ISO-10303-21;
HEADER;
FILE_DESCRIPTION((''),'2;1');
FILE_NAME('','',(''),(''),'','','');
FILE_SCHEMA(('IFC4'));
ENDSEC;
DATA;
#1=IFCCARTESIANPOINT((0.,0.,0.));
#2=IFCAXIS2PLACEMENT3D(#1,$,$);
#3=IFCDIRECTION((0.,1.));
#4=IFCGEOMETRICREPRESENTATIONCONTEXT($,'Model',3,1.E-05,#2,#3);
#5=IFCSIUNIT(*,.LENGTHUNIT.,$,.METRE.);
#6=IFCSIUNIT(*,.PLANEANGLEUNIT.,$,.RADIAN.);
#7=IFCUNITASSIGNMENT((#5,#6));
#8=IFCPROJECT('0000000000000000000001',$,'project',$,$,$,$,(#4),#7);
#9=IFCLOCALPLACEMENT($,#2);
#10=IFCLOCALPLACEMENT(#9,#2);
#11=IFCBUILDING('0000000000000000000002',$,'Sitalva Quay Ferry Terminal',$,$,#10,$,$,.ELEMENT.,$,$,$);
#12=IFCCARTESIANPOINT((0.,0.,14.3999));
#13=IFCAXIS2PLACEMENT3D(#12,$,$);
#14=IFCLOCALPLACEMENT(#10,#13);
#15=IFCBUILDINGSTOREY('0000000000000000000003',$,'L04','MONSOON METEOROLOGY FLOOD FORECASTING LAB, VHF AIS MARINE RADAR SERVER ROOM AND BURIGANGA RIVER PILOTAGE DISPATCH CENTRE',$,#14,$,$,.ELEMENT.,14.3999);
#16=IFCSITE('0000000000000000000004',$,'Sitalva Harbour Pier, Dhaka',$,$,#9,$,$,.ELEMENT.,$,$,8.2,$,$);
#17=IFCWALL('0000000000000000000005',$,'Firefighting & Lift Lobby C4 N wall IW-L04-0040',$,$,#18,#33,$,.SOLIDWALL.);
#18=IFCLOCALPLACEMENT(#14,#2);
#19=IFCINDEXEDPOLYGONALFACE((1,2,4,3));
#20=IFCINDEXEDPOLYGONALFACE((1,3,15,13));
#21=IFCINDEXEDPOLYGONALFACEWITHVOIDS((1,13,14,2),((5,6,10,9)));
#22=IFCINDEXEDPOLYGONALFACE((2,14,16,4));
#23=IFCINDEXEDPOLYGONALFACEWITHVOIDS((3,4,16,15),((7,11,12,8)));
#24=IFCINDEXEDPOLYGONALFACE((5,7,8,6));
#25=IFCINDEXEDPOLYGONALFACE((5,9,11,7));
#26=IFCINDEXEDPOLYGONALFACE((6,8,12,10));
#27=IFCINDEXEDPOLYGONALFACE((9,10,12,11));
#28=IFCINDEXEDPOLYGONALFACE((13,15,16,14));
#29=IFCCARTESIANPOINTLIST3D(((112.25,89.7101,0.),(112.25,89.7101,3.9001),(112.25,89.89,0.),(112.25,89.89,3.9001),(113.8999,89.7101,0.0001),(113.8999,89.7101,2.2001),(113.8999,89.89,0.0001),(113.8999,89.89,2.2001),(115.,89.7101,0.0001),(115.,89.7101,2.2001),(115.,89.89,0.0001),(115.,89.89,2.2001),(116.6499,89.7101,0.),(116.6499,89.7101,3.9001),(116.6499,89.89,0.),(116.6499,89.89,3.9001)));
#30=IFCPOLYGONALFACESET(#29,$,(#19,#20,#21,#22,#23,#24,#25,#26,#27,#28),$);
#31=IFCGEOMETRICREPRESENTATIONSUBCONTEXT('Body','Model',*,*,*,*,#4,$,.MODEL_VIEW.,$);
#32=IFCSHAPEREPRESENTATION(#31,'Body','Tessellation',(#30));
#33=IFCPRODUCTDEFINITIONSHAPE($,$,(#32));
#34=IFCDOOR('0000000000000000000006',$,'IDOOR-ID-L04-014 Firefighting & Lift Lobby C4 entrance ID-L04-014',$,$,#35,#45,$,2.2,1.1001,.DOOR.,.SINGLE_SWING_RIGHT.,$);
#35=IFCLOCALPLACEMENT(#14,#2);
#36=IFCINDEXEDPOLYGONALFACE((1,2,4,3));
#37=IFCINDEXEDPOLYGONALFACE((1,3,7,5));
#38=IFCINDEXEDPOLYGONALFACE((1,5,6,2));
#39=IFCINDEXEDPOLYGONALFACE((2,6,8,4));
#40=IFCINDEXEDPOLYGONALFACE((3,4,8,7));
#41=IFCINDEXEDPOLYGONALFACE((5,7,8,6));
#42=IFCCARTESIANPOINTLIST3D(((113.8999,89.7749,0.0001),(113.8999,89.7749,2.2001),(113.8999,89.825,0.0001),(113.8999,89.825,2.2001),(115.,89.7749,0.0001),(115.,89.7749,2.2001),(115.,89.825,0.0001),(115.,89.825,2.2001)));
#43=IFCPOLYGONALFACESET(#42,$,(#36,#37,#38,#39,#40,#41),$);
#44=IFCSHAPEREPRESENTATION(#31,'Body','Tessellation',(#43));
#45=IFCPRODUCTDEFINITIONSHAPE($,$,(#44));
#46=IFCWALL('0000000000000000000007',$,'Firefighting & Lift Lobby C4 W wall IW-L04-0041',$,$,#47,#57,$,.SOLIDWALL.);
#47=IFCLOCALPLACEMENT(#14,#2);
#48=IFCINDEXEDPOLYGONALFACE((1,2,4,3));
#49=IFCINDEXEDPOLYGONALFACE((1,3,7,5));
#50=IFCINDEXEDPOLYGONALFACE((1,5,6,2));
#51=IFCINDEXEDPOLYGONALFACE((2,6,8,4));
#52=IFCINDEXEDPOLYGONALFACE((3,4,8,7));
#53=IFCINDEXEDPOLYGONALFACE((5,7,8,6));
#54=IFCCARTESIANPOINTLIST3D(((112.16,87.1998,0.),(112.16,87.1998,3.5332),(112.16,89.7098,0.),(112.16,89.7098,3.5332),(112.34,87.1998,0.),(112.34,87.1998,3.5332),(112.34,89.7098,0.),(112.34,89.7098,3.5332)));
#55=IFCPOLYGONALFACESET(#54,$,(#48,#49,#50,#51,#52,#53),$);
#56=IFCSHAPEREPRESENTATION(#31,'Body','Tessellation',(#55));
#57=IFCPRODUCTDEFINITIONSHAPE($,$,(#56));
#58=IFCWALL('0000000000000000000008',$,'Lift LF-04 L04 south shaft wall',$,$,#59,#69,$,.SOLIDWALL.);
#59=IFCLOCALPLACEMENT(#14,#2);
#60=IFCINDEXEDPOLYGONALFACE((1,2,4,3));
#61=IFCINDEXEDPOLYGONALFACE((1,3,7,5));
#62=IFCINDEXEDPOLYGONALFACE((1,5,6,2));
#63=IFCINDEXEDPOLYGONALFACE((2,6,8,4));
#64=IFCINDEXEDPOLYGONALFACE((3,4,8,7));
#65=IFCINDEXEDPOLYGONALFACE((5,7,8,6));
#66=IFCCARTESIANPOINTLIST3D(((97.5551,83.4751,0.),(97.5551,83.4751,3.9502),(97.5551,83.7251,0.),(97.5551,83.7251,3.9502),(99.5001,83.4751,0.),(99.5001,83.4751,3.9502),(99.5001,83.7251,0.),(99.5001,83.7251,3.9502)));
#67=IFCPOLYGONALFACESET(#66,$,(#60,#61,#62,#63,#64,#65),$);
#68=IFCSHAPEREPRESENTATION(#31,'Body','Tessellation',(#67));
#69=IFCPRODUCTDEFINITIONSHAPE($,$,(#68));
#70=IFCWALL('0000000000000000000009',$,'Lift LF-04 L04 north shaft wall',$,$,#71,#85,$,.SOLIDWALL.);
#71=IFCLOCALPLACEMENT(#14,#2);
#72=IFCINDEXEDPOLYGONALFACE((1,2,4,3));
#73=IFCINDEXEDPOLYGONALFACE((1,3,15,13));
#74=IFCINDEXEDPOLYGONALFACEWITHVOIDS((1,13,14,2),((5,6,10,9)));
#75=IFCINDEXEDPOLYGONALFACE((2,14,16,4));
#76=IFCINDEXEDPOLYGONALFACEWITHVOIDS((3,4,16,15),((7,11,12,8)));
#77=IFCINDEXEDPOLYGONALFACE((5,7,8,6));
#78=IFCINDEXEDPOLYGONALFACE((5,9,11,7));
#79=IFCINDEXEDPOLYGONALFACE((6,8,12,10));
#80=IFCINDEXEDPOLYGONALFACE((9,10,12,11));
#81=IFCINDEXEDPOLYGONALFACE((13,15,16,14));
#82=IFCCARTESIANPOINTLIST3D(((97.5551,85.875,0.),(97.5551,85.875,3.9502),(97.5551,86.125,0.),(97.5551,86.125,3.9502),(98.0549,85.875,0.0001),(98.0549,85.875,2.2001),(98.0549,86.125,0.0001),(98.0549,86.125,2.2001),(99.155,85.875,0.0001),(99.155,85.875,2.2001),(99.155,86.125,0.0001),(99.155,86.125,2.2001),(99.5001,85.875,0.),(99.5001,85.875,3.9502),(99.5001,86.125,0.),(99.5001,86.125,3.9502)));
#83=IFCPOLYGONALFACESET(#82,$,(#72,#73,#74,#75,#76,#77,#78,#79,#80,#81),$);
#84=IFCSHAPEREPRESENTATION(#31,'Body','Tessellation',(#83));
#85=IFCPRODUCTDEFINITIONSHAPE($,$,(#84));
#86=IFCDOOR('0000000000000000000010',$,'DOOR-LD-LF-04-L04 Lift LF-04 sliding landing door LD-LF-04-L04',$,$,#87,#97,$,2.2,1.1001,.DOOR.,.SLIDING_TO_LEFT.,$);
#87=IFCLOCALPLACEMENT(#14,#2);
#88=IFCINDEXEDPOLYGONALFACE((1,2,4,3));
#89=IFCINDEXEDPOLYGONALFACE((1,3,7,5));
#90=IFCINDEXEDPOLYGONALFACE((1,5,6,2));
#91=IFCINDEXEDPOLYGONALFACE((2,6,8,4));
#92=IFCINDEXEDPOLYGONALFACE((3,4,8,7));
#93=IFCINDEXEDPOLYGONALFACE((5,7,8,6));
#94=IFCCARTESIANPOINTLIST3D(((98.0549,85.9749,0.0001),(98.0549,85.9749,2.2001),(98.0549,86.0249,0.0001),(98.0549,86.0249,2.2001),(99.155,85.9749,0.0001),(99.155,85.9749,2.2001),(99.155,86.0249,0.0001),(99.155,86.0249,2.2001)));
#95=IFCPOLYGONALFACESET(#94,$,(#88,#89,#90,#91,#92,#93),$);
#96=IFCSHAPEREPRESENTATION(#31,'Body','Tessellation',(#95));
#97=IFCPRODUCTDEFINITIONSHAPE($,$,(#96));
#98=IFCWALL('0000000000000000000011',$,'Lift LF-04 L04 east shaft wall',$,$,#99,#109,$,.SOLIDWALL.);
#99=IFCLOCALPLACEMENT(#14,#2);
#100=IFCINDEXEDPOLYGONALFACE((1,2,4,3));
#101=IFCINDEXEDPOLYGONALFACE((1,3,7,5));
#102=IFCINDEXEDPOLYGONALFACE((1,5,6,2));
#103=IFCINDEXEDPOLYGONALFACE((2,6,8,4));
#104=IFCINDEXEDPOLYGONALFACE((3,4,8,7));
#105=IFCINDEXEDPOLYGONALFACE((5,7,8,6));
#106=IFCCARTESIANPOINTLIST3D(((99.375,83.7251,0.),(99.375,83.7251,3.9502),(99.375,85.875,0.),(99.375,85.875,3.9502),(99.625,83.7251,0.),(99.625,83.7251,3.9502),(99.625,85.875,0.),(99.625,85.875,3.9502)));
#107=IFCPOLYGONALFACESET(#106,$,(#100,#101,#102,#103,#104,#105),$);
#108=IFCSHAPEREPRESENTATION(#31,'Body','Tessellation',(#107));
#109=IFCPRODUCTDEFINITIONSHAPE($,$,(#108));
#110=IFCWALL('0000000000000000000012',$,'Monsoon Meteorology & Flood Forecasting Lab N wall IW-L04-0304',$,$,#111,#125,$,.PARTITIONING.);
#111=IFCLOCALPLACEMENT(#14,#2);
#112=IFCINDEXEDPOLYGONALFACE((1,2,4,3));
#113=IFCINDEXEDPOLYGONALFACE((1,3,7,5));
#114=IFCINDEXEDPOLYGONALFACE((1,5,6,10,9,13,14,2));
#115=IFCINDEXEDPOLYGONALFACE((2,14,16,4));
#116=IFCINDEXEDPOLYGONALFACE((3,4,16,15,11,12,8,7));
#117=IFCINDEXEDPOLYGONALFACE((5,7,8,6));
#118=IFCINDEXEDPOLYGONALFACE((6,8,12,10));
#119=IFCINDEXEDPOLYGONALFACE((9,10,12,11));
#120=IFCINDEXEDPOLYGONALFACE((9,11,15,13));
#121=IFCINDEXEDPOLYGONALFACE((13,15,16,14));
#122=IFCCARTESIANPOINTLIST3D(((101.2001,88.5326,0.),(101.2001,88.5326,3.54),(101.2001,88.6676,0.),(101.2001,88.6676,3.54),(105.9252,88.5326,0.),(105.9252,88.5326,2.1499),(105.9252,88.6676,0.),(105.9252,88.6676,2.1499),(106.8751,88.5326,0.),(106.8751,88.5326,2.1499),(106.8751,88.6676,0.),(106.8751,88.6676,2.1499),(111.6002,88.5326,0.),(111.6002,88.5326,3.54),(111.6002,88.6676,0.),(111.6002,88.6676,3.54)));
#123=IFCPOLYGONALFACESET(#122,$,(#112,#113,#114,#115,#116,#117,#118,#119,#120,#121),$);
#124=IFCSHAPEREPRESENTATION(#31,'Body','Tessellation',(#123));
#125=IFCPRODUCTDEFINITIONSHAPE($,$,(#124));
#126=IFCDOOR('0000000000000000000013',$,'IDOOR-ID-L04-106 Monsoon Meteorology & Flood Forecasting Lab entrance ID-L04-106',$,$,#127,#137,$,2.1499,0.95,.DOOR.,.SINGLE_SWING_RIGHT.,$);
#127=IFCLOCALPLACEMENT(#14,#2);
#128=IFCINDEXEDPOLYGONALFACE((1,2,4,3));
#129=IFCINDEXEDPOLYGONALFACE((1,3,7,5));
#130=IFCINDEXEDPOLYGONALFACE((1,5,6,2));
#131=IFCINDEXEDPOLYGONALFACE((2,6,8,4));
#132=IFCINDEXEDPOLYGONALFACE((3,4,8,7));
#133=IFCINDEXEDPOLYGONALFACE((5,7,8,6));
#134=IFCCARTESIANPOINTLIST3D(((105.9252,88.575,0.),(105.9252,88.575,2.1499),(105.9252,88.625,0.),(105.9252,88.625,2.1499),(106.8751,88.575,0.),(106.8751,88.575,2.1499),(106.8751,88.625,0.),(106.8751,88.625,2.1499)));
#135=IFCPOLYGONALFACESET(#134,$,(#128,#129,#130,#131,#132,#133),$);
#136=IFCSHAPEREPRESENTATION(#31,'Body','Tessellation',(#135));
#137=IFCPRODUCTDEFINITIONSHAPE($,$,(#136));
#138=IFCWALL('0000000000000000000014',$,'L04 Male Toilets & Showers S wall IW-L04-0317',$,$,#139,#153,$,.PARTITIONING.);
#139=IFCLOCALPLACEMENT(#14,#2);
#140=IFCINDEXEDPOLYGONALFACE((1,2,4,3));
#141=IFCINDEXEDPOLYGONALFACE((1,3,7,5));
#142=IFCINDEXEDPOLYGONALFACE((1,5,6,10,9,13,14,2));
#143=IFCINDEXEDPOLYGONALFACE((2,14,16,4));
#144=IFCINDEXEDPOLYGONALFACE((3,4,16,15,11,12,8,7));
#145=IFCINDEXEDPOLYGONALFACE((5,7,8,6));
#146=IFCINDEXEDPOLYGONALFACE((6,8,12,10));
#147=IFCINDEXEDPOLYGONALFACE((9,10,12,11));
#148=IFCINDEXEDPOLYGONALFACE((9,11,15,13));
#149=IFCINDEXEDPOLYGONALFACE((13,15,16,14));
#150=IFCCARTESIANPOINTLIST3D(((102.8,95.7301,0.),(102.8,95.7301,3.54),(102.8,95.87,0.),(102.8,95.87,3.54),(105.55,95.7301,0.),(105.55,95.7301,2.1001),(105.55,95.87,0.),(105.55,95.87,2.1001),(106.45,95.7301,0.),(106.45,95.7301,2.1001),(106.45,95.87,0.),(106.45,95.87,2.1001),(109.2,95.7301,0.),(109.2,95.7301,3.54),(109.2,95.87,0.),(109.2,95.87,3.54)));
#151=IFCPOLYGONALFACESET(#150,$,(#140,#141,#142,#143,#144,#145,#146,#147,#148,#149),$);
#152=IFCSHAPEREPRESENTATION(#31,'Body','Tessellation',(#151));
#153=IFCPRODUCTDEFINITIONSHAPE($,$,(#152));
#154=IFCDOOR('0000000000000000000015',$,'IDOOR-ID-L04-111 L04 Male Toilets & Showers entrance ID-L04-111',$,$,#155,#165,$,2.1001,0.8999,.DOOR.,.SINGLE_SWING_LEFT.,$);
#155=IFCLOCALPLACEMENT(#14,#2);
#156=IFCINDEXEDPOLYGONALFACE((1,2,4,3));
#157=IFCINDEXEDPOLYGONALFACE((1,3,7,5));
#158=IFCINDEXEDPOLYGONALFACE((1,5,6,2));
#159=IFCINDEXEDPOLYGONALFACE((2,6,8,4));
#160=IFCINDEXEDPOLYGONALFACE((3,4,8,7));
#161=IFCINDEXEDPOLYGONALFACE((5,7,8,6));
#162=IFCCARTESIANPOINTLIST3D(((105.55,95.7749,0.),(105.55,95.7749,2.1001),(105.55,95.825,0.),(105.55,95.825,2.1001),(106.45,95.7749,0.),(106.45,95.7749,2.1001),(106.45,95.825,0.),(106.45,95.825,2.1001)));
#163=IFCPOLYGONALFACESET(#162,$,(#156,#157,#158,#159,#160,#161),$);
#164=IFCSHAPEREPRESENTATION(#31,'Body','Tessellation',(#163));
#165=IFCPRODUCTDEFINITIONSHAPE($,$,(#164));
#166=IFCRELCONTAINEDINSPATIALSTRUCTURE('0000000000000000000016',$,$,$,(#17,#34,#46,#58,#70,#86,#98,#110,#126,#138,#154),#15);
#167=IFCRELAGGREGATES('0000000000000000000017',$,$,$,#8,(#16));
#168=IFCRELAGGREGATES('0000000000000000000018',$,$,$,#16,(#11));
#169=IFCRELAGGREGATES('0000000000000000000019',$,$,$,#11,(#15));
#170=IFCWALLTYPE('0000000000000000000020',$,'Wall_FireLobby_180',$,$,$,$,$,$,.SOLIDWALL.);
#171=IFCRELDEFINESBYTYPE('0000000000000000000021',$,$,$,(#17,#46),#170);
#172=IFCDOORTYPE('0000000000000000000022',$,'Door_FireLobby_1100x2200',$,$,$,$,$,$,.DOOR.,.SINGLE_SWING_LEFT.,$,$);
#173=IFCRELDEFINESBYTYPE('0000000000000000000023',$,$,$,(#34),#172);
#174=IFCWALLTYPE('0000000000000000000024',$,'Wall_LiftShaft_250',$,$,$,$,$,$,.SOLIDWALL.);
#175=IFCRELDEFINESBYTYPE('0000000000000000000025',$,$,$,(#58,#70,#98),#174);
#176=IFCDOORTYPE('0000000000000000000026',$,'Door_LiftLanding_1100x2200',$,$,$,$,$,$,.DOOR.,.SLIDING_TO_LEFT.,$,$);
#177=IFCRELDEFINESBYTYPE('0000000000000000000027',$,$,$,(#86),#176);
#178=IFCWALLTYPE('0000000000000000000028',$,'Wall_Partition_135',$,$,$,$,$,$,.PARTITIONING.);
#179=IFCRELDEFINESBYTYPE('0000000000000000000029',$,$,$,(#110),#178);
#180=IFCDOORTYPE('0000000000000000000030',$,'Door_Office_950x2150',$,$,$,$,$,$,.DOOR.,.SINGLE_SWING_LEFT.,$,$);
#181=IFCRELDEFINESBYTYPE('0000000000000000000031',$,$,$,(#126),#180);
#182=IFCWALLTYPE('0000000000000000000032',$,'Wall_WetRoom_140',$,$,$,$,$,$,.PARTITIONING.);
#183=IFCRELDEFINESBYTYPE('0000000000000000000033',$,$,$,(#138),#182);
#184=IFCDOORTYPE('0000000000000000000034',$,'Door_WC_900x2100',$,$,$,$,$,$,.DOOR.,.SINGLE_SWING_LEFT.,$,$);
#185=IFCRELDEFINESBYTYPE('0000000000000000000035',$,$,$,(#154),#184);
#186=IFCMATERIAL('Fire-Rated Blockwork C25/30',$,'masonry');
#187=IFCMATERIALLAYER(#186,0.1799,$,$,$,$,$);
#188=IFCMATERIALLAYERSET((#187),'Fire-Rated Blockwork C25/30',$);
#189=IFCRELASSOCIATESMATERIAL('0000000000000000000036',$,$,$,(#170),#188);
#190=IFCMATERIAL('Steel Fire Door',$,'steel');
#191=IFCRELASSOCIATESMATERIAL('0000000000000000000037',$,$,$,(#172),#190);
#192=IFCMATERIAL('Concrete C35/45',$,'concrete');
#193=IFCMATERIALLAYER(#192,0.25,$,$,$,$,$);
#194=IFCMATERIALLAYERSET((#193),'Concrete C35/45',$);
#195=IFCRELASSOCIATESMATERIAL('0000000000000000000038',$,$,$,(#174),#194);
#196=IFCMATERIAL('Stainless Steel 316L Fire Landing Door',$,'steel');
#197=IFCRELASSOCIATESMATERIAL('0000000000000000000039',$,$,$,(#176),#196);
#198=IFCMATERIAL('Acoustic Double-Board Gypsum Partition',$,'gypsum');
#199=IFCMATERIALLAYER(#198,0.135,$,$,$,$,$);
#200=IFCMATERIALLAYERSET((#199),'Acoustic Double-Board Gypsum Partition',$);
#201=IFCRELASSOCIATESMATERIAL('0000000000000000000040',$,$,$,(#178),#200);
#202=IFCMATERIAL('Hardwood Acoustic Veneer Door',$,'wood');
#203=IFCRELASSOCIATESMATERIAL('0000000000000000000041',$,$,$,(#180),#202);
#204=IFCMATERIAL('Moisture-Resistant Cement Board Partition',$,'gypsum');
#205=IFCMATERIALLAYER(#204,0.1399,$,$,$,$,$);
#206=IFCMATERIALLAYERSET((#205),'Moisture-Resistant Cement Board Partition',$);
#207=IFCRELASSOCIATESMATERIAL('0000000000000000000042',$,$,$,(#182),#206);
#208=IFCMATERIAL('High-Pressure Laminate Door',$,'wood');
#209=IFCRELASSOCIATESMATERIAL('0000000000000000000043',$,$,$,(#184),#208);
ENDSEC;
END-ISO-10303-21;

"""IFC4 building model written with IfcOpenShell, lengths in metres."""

from ifc_helpers import new_model, si_unit, direction, frame, frame_2d, origin, place, context, subcontext, project, spatial, rectangle, extrude, material, layer, layer_set, type_object, element, fill, save


model = new_model("IFC4")

# Units and contexts
model_context = context("Model", 3, precision=1e-05, world=origin(), true_north=direction((0.0, 1.0)))
body_context = subcontext(model_context, "Body", "Model", "MODEL_VIEW")
ifc_project = project(units=[si_unit("LENGTHUNIT", "METRE"), si_unit("PLANEANGLEUNIT", "RADIAN")], contexts=[model_context])

# Site, building, storey
site_placement = place(None, origin())
site = spatial("IfcSite", under=ifc_project, at=site_placement, Name="Sitalva Harbour Pier, Dhaka", CompositionType="ELEMENT", RefElevation=8.2)
building_placement = place(site_placement, origin())
building = spatial("IfcBuilding", under=site, at=building_placement, Name="Sitalva Quay Ferry Terminal", CompositionType="ELEMENT")
storey_placement = place(building_placement, frame((0.0, 0.0, 14.3999)))
storey = spatial("IfcBuildingStorey", under=building, at=storey_placement, Name="L04", Description="MONSOON METEOROLOGY FLOOD FORECASTING LAB, VHF AIS MARINE RADAR SERVER ROOM AND BURIGANGA RIVER PILOTAGE DISPATCH CENTRE", CompositionType="ELEMENT", Elevation=14.3999)

# Shared definitions
ifc_material_1 = material(Name="Fire-Rated Blockwork C25/30", Category="masonry")
ifc_layer_1 = layer(ifc_material_1, 0.1799)
ifc_layer_set_1 = layer_set([ifc_layer_1], Name="Fire-Rated Blockwork C25/30")
wall_type_1 = type_object("IfcWallType", Name="Wall_FireLobby_180", PredefinedType="SOLIDWALL", material=ifc_layer_set_1)

# Wall, opening, door
wall_1_placement = place(storey_placement, frame((112.25, 89.8, 0.0), z_axis=(0.0, 0.0, 1.0), x_axis=(1.0, 0.0, 0.0)))
wall_1 = element("IfcWall", 1, at=wall_1_placement, inside=storey, type_object=wall_type_1, Name="Firefighting & Lift Lobby C4 N wall IW-L04-0040", PredefinedType="SOLIDWALL", context=body_context, shape_type="SweptSolid", body=[
    extrude(rectangle(XDim=4.3999, YDim=0.1799, at=frame_2d((2.2, 0.0))), origin(), (0.0, 0.0, 1.0), 3.9001),
])
opening_1_placement = place(wall_1_placement, frame((1.6499, 0.0, 0.0)))
opening_1 = element("IfcOpeningElement", 2, at=opening_1_placement, cuts=wall_1, PredefinedType="OPENING", context=body_context, shape_type="SweptSolid", body=[
    extrude(rectangle(XDim=1.1001, YDim=2.2, at=frame_2d((0.55, 1.1001))), frame((0.0, 0.0999, 0.0), z_axis=(0.0, -1.0, 0.0), x_axis=(1.0, 0.0, 0.0)), (0.0, 0.0, 1.0), 0.2),
])
ifc_material_2 = material(Name="Steel Fire Door", Category="steel")
door_type_1 = type_object("IfcDoorType", Name="Door_FireLobby_1100x2200", OperationType="SINGLE_SWING_LEFT", PredefinedType="DOOR", material=ifc_material_2)
door_1_placement = place(opening_1_placement, origin())
door_1 = element("IfcDoor", 3, at=door_1_placement, inside=storey, type_object=door_type_1, Name="IDOOR-ID-L04-014 Firefighting & Lift Lobby C4 entrance ID-L04-014", OperationType="SINGLE_SWING_RIGHT", OverallHeight=2.2, OverallWidth=1.1001, PredefinedType="DOOR", context=body_context, shape_type="SweptSolid", body=[
    extrude(rectangle(XDim=1.1001, YDim=2.2, at=frame_2d((0.55, 1.1001))), frame((0.0, 0.0249, 0.0), z_axis=(0.0, -1.0, 0.0), x_axis=(1.0, 0.0, 0.0)), (0.0, 0.0, 1.0), 0.05),
])
fill(opening_1, door_1)

# Walls
wall_2_placement = place(storey_placement, frame((112.25, 87.2, 0.0), z_axis=(0.0, 0.0, 1.0), x_axis=(0.0, 1.0, 0.0)))
element("IfcWall", 4, at=wall_2_placement, inside=storey, type_object=wall_type_1, Name="Firefighting & Lift Lobby C4 W wall IW-L04-0041", PredefinedType="SOLIDWALL", context=body_context, shape_type="SweptSolid", body=[
    extrude(rectangle(XDim=2.51, YDim=0.1799, at=frame_2d((1.2549, 0.0))), origin(), (0.0, 0.0, 1.0), 3.5332),
])
ifc_material_3 = material(Name="Concrete C35/45", Category="concrete")
ifc_layer_2 = layer(ifc_material_3, 0.25)
ifc_layer_set_2 = layer_set([ifc_layer_2], Name="Concrete C35/45")
wall_type_2 = type_object("IfcWallType", Name="Wall_LiftShaft_250", PredefinedType="SOLIDWALL", material=ifc_layer_set_2)
wall_3_placement = place(storey_placement, frame((97.5549, 83.6001, 0.0), z_axis=(0.0, 0.0, 1.0), x_axis=(1.0, 0.0, 0.0)))
element("IfcWall", 5, at=wall_3_placement, inside=storey, type_object=wall_type_2, Name="Lift LF-04 L04 south shaft wall", PredefinedType="SOLIDWALL", context=body_context, shape_type="SweptSolid", body=[
    extrude(rectangle(XDim=1.9451, YDim=0.25, at=frame_2d((0.9727, 0.0))), origin(), (0.0, 0.0, 1.0), 3.9502),
])

# Wall, opening, door
wall_4_placement = place(storey_placement, frame((97.5549, 86.0, 0.0), z_axis=(0.0, 0.0, 1.0), x_axis=(1.0, 0.0, 0.0)))
wall_4 = element("IfcWall", 6, at=wall_4_placement, inside=storey, type_object=wall_type_2, Name="Lift LF-04 L04 north shaft wall", PredefinedType="SOLIDWALL", context=body_context, shape_type="SweptSolid", body=[
    extrude(rectangle(XDim=1.9451, YDim=0.25, at=frame_2d((0.9727, 0.0))), origin(), (0.0, 0.0, 1.0), 3.9502),
])
opening_2_placement = place(wall_4_placement, frame((0.5, 0.0, 0.0)))
opening_2 = element("IfcOpeningElement", 7, at=opening_2_placement, cuts=wall_4, PredefinedType="OPENING", context=body_context, shape_type="SweptSolid", body=[
    extrude(rectangle(XDim=1.1001, YDim=2.2, at=frame_2d((0.55, 1.1001))), frame((0.0, 0.135, 0.0), z_axis=(0.0, -1.0, 0.0), x_axis=(1.0, 0.0, 0.0)), (0.0, 0.0, 1.0), 0.27),
])
ifc_material_4 = material(Name="Stainless Steel 316L Fire Landing Door", Category="steel")
door_type_2 = type_object("IfcDoorType", Name="Door_LiftLanding_1100x2200", OperationType="SLIDING_TO_LEFT", PredefinedType="DOOR", material=ifc_material_4)
door_2_placement = place(opening_2_placement, origin())
door_2 = element("IfcDoor", 8, at=door_2_placement, inside=storey, type_object=door_type_2, Name="DOOR-LD-LF-04-L04 Lift LF-04 sliding landing door LD-LF-04-L04", OperationType="SLIDING_TO_LEFT", OverallHeight=2.2, OverallWidth=1.1001, PredefinedType="DOOR", context=body_context, shape_type="SweptSolid", body=[
    extrude(rectangle(XDim=1.1001, YDim=2.2, at=frame_2d((0.55, 1.1001))), frame((0.0, 0.0249, 0.0), z_axis=(0.0, -1.0, 0.0), x_axis=(1.0, 0.0, 0.0)), (0.0, 0.0, 1.0), 0.05),
])
fill(opening_2, door_2)

# Wall
wall_5_placement = place(storey_placement, frame((99.5, 83.7251, 0.0), z_axis=(0.0, 0.0, 1.0), x_axis=(0.0, 1.0, 0.0)))
element("IfcWall", 9, at=wall_5_placement, inside=storey, type_object=wall_type_2, Name="Lift LF-04 L04 east shaft wall", PredefinedType="SOLIDWALL", context=body_context, shape_type="SweptSolid", body=[
    extrude(rectangle(XDim=2.1499, YDim=0.25, at=frame_2d((1.075, 0.0))), origin(), (0.0, 0.0, 1.0), 3.9502),
])

# Walls, openings, doors
ifc_material_5 = material(Name="Acoustic Double-Board Gypsum Partition", Category="gypsum")
ifc_layer_3 = layer(ifc_material_5, 0.135)
ifc_layer_set_3 = layer_set([ifc_layer_3], Name="Acoustic Double-Board Gypsum Partition")
wall_type_3 = type_object("IfcWallType", Name="Wall_Partition_135", PredefinedType="PARTITIONING", material=ifc_layer_set_3)
wall_6_placement = place(storey_placement, frame((101.2, 88.6001, 0.0), z_axis=(0.0, 0.0, 1.0), x_axis=(1.0, 0.0, 0.0)))
wall_6 = element("IfcWall", 10, at=wall_6_placement, inside=storey, type_object=wall_type_3, Name="Monsoon Meteorology & Flood Forecasting Lab N wall IW-L04-0304", PredefinedType="PARTITIONING", context=body_context, shape_type="SweptSolid", body=[
    extrude(rectangle(XDim=10.4001, YDim=0.135, at=frame_2d((5.2002, 0.0))), origin(), (0.0, 0.0, 1.0), 3.54),
])
opening_3_placement = place(wall_6_placement, frame((4.7251, 0.0, 0.0)))
opening_3 = element("IfcOpeningElement", 11, at=opening_3_placement, cuts=wall_6, PredefinedType="OPENING", context=body_context, shape_type="SweptSolid", body=[
    extrude(rectangle(XDim=0.95, YDim=2.1499, at=frame_2d((0.4751, 1.075))), frame((0.0, 0.0774, 0.0), z_axis=(0.0, -1.0, 0.0), x_axis=(1.0, 0.0, 0.0)), (0.0, 0.0, 1.0), 0.155),
])
ifc_material_6 = material(Name="Hardwood Acoustic Veneer Door", Category="wood")
door_type_3 = type_object("IfcDoorType", Name="Door_Office_950x2150", OperationType="SINGLE_SWING_LEFT", PredefinedType="DOOR", material=ifc_material_6)
door_3_placement = place(opening_3_placement, origin())
door_3 = element("IfcDoor", 12, at=door_3_placement, inside=storey, type_object=door_type_3, Name="IDOOR-ID-L04-106 Monsoon Meteorology & Flood Forecasting Lab entrance ID-L04-106", OperationType="SINGLE_SWING_RIGHT", OverallHeight=2.1499, OverallWidth=0.95, PredefinedType="DOOR", context=body_context, shape_type="SweptSolid", body=[
    extrude(rectangle(XDim=0.95, YDim=2.1499, at=frame_2d((0.4751, 1.075))), frame((0.0, 0.0249, 0.0), z_axis=(0.0, -1.0, 0.0), x_axis=(1.0, 0.0, 0.0)), (0.0, 0.0, 1.0), 0.05),
])
fill(opening_3, door_3)
ifc_material_7 = material(Name="Moisture-Resistant Cement Board Partition", Category="gypsum")
ifc_layer_4 = layer(ifc_material_7, 0.1399)
ifc_layer_set_4 = layer_set([ifc_layer_4], Name="Moisture-Resistant Cement Board Partition")
wall_type_4 = type_object("IfcWallType", Name="Wall_WetRoom_140", PredefinedType="PARTITIONING", material=ifc_layer_set_4)
wall_7_placement = place(storey_placement, frame((102.8, 95.8, 0.0), z_axis=(0.0, 0.0, 1.0), x_axis=(1.0, 0.0, 0.0)))
wall_7 = element("IfcWall", 13, at=wall_7_placement, inside=storey, type_object=wall_type_4, Name="L04 Male Toilets & Showers S wall IW-L04-0317", PredefinedType="PARTITIONING", context=body_context, shape_type="SweptSolid", body=[
    extrude(rectangle(XDim=6.3999, YDim=0.1399, at=frame_2d((3.2, 0.0))), origin(), (0.0, 0.0, 1.0), 3.54),
])
opening_4_placement = place(wall_7_placement, frame((2.75, 0.0, 0.0)))
opening_4 = element("IfcOpeningElement", 14, at=opening_4_placement, cuts=wall_7, PredefinedType="OPENING", context=body_context, shape_type="SweptSolid", body=[
    extrude(rectangle(XDim=0.8999, YDim=2.1001, at=frame_2d((0.45, 1.05))), frame((0.0, 0.0798, 0.0), z_axis=(0.0, -1.0, 0.0), x_axis=(1.0, 0.0, 0.0)), (0.0, 0.0, 1.0), 0.1599),
])
ifc_material_8 = material(Name="High-Pressure Laminate Door", Category="wood")
door_type_4 = type_object("IfcDoorType", Name="Door_WC_900x2100", OperationType="SINGLE_SWING_LEFT", PredefinedType="DOOR", material=ifc_material_8)
door_4_placement = place(opening_4_placement, origin())
door_4 = element("IfcDoor", 15, at=door_4_placement, inside=storey, type_object=door_type_4, Name="IDOOR-ID-L04-111 L04 Male Toilets & Showers entrance ID-L04-111", OperationType="SINGLE_SWING_LEFT", OverallHeight=2.1001, OverallWidth=0.8999, PredefinedType="DOOR", context=body_context, shape_type="SweptSolid", body=[
    extrude(rectangle(XDim=0.8999, YDim=2.1001, at=frame_2d((0.45, 1.05))), frame((0.0, 0.0249, 0.0), z_axis=(0.0, -1.0, 0.0), x_axis=(1.0, 0.0, 0.0)), (0.0, 0.0, 1.0), 0.05),
])
fill(opening_4, door_4)

save(model, "model.ifc")
